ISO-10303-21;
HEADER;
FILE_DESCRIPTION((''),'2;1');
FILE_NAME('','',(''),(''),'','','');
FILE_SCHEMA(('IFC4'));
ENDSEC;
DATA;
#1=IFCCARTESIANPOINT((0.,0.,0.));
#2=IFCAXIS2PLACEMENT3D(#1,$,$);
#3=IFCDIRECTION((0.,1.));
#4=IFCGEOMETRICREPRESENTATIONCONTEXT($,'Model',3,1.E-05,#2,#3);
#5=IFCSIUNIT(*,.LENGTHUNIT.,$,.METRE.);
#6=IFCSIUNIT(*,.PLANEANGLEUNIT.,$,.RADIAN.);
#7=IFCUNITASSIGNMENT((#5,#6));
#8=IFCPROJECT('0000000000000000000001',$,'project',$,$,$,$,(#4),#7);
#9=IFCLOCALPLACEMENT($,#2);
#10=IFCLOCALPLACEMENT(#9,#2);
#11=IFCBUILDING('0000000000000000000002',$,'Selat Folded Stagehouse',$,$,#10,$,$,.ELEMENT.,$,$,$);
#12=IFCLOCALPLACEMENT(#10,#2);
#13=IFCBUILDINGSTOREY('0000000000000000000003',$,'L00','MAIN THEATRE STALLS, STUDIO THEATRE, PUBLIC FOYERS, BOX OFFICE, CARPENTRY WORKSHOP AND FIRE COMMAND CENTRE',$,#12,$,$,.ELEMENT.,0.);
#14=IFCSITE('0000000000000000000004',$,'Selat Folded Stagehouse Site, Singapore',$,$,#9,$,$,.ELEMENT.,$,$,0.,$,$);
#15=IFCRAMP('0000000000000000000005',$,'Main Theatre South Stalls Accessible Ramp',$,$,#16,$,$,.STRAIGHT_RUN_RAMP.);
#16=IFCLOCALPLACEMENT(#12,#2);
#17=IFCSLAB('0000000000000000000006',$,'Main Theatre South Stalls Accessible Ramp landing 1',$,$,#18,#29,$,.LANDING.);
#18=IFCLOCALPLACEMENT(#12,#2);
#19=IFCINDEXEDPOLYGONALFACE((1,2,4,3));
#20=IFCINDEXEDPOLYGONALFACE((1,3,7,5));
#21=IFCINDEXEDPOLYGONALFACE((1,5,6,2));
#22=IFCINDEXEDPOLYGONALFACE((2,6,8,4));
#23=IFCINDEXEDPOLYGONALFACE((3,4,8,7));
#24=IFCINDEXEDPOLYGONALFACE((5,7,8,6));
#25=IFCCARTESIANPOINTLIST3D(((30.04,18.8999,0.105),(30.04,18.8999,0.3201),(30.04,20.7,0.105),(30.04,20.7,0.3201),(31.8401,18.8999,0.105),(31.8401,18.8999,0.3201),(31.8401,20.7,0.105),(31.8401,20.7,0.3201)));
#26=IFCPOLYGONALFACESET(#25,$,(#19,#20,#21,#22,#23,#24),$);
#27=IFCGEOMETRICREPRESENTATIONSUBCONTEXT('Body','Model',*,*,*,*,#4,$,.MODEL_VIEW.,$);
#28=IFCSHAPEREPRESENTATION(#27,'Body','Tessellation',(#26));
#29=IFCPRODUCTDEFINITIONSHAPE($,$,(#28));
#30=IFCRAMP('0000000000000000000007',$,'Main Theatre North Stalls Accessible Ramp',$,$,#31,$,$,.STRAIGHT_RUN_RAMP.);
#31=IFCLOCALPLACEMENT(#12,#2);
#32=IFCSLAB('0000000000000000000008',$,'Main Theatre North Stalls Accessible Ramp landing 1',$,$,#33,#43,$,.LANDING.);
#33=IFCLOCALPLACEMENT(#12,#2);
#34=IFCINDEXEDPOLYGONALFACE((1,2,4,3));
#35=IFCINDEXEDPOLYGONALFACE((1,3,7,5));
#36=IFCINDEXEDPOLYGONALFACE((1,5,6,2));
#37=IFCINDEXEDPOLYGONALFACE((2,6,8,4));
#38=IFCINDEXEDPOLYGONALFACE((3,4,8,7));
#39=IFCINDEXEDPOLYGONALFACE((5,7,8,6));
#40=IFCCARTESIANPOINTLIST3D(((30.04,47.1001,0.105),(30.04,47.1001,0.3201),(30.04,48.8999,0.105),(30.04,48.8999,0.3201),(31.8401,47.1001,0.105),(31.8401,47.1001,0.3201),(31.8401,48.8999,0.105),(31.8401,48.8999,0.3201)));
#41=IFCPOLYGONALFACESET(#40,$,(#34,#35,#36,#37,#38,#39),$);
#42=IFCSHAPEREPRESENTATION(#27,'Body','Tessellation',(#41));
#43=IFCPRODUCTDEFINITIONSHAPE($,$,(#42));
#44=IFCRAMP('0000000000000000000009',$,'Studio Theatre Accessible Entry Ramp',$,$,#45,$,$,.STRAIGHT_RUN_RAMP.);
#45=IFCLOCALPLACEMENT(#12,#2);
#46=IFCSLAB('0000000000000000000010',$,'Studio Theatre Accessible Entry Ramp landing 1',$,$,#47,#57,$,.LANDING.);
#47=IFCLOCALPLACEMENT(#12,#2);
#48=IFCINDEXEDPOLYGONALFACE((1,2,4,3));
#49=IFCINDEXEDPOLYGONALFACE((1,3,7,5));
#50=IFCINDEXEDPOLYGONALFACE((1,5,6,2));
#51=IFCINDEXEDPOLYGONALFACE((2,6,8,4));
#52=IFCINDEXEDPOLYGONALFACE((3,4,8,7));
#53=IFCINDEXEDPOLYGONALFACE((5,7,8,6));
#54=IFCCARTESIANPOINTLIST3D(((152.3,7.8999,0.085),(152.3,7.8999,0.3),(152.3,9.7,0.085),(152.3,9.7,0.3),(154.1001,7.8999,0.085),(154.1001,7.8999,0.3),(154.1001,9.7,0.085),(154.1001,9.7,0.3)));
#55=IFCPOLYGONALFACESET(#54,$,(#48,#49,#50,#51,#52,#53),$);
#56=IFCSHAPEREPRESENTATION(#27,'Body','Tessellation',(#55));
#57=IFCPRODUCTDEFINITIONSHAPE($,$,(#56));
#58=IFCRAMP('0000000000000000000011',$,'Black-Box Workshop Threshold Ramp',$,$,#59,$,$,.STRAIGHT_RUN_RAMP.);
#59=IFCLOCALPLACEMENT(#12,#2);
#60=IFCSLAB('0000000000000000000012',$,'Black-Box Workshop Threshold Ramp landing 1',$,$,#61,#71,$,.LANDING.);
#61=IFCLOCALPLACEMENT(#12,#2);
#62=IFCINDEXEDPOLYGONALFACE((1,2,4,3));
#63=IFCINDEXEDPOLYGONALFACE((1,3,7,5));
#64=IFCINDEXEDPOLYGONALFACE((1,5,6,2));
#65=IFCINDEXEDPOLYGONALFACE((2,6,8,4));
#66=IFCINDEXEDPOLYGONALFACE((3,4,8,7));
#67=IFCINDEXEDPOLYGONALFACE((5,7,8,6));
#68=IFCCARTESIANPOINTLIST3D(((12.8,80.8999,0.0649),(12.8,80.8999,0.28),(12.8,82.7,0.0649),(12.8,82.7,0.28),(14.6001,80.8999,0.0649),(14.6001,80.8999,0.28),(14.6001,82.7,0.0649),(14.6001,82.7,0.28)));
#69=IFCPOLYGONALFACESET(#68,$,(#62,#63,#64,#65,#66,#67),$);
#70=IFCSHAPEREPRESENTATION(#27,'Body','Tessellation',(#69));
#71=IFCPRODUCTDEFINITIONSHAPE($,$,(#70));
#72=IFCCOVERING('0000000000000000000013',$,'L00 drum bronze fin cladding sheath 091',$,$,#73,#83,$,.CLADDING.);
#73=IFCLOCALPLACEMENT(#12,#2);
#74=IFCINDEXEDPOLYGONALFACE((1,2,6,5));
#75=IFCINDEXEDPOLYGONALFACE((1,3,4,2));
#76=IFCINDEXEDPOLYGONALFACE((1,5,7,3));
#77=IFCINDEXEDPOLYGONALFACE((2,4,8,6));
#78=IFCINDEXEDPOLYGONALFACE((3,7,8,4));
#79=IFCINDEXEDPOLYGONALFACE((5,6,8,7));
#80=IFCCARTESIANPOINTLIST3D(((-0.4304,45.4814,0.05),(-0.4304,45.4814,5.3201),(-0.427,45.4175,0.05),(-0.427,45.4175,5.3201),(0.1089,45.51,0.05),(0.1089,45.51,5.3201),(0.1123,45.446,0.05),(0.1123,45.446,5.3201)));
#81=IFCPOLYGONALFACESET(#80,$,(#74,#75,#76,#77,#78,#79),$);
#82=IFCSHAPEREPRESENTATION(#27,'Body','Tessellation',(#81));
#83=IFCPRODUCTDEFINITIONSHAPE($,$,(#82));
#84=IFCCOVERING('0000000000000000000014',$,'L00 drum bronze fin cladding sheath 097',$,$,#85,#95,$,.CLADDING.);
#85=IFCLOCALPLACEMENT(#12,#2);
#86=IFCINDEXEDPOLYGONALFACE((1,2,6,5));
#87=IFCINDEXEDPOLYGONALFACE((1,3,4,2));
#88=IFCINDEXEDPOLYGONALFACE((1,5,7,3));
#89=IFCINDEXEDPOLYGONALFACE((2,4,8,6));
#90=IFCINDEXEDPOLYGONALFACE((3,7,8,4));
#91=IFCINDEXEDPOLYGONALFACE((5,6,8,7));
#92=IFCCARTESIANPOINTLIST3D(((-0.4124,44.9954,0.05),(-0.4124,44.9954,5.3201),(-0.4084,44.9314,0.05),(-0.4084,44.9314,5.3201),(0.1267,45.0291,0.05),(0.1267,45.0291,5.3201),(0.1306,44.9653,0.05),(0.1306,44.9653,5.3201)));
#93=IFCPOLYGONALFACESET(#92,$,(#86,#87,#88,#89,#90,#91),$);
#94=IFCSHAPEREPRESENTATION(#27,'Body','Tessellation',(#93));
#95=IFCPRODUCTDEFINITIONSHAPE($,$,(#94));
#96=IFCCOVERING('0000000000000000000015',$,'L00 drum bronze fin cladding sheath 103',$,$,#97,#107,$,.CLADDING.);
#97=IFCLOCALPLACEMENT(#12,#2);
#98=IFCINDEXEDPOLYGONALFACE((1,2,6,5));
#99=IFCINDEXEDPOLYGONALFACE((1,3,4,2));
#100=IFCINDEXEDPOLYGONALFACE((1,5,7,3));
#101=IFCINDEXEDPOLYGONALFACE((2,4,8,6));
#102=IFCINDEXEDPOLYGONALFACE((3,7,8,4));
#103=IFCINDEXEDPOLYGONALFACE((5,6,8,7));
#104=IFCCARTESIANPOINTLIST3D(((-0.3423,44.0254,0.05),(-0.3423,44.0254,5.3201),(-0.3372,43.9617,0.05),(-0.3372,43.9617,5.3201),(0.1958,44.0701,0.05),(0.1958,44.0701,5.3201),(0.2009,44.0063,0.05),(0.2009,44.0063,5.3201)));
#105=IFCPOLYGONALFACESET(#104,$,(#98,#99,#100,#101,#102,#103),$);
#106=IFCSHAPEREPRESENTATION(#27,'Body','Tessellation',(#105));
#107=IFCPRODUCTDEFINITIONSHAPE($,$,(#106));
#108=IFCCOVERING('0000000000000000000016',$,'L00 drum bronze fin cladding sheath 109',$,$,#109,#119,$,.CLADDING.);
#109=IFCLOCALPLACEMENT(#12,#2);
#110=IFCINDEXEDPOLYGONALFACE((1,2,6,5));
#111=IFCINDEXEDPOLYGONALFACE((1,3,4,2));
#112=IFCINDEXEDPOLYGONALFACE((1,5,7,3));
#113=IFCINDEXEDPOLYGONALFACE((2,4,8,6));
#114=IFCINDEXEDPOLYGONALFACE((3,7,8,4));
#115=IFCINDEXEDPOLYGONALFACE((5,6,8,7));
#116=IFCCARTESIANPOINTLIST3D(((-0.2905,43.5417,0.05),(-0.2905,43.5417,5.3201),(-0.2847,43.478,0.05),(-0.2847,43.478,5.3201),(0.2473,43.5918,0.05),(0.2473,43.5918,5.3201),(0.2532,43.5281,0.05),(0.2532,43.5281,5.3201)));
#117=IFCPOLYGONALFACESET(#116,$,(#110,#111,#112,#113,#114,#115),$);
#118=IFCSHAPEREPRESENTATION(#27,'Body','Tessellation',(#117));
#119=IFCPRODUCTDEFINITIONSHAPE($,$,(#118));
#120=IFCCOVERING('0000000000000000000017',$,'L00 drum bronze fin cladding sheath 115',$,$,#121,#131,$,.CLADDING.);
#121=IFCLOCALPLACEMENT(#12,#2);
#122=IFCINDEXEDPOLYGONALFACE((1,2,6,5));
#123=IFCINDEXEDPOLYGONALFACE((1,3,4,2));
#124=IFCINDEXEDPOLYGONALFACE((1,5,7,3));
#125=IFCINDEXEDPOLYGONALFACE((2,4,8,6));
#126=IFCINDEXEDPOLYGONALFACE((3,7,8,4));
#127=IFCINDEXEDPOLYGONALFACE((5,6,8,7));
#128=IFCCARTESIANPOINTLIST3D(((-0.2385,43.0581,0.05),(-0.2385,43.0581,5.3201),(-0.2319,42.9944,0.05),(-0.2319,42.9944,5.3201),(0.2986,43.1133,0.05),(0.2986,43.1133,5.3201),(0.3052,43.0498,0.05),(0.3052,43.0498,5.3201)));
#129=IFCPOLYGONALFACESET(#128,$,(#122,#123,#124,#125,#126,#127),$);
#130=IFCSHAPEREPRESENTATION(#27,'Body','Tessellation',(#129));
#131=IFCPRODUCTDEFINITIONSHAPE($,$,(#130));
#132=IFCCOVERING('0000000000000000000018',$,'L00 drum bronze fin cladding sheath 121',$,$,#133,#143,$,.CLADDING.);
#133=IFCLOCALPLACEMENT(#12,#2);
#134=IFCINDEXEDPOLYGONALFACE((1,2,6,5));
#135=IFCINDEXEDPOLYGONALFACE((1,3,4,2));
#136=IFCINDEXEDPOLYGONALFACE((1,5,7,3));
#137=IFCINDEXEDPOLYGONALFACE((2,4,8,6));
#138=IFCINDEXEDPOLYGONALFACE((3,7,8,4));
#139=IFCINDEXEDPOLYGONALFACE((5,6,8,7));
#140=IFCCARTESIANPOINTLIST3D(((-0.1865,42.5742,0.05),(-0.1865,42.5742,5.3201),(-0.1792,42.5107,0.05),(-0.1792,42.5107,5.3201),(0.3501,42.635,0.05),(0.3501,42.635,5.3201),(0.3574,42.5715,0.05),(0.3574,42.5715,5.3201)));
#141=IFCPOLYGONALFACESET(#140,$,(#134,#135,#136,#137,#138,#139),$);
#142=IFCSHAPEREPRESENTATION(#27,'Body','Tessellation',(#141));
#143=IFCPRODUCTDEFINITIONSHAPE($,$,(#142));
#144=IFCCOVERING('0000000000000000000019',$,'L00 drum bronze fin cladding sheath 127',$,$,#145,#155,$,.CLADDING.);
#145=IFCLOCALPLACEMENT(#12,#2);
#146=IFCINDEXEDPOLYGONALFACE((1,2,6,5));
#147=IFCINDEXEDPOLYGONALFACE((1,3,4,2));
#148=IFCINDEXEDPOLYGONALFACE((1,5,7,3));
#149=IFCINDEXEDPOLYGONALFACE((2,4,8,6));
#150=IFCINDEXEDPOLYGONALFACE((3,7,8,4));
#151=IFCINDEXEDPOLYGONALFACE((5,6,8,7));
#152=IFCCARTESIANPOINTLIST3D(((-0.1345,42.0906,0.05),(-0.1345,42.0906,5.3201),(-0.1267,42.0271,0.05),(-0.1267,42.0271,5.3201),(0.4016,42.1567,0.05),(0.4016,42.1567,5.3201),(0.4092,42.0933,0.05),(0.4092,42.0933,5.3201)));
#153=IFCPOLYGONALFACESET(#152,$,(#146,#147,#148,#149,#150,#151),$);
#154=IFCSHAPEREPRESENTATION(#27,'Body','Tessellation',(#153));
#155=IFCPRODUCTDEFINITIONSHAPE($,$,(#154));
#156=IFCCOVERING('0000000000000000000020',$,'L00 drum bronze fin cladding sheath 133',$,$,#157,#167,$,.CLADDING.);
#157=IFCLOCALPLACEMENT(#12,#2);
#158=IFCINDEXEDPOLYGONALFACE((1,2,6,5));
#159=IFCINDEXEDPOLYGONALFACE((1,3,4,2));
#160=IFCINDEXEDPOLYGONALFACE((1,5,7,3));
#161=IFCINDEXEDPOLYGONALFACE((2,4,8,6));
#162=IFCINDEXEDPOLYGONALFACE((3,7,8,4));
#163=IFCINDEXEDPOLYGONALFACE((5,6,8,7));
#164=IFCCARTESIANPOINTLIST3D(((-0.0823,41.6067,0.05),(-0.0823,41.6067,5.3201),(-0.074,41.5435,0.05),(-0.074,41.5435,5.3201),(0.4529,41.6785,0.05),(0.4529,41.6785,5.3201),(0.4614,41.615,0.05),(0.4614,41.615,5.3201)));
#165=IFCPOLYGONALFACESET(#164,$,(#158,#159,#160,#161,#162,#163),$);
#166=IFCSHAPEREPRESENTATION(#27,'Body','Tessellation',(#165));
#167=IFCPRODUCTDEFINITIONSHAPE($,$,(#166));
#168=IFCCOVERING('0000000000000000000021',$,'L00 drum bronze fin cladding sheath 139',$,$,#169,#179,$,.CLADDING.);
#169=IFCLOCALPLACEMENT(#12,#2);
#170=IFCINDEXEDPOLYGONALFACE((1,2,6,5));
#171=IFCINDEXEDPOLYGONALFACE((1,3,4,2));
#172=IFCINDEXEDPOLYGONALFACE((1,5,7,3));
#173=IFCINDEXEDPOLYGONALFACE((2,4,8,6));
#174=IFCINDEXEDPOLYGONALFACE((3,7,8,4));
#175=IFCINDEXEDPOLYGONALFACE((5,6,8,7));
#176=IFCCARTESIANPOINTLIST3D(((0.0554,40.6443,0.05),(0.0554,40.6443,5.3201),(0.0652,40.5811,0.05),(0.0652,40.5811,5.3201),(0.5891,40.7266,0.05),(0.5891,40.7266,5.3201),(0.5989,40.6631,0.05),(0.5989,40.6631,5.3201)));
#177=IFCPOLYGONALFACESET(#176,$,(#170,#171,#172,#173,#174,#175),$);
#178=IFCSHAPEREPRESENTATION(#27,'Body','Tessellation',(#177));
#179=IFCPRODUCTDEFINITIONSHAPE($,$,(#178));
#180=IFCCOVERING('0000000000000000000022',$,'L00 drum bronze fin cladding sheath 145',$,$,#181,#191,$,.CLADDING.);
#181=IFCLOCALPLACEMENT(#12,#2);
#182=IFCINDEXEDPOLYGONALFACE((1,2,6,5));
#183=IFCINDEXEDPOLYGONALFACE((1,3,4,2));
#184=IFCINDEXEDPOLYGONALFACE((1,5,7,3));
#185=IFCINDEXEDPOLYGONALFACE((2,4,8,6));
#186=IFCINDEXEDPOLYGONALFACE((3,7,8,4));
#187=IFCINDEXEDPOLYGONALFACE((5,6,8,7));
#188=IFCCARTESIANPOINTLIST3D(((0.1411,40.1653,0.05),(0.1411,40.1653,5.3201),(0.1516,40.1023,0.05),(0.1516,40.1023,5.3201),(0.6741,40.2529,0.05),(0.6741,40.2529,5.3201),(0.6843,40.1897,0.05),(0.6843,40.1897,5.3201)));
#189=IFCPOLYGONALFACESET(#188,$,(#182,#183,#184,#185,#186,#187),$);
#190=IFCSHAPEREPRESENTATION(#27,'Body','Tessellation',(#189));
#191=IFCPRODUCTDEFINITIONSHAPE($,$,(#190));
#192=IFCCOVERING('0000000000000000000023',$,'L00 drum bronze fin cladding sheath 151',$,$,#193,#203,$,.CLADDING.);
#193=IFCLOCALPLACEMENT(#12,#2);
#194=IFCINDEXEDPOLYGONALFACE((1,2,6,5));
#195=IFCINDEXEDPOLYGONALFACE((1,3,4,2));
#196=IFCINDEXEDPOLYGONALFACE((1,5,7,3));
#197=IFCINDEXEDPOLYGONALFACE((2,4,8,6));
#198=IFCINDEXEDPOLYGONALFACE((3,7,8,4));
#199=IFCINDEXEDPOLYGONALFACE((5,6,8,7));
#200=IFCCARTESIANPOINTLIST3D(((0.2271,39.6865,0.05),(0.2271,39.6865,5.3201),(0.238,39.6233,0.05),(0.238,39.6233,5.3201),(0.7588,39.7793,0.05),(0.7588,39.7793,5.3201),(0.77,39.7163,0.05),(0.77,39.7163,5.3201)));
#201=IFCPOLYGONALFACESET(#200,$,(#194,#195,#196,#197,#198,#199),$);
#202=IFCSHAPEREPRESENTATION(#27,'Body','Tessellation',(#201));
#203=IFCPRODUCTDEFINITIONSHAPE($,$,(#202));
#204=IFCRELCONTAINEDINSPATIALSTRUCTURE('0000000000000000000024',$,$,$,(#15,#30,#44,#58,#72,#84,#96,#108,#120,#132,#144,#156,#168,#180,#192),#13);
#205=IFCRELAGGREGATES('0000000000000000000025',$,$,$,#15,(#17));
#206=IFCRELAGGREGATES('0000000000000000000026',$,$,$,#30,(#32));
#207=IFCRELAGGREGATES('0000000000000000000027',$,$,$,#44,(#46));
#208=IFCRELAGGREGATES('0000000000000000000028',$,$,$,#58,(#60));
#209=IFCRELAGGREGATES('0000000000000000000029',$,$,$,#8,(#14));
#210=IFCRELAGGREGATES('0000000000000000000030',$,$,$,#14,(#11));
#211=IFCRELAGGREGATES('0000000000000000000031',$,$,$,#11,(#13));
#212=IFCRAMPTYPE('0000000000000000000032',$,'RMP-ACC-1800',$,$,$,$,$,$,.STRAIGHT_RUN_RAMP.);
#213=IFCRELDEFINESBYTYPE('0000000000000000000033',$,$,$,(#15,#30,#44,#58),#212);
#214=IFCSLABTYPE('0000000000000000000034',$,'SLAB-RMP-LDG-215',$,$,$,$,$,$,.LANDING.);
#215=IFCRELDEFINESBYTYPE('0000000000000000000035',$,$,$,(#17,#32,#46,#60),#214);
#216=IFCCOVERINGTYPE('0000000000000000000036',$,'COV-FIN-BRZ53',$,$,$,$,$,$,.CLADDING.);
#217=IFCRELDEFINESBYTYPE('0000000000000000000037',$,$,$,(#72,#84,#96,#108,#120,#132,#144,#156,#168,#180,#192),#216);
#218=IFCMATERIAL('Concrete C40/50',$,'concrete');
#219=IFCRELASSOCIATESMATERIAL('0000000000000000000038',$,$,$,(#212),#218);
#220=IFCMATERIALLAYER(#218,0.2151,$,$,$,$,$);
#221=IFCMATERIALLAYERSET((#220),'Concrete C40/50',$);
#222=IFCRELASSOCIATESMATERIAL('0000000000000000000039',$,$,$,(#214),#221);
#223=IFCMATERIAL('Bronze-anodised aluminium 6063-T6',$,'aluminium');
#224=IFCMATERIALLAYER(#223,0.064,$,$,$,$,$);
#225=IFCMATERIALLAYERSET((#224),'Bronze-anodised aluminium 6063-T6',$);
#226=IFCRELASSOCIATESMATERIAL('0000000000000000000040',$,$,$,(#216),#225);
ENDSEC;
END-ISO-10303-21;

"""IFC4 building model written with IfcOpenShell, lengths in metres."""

from ifc_helpers import new_model, si_unit, direction, frame, origin, place, context, subcontext, project, spatial, polyline, outline, extrude, material, layer, layer_set, type_object, element, aggregate, save


model = new_model("IFC4")

# Units and contexts
model_context = context("Model", 3, precision=1e-05, world=origin(), true_north=direction((0.0, 1.0)))
body_context = subcontext(model_context, "Body", "Model", "MODEL_VIEW")
ifc_project = project(units=[si_unit("LENGTHUNIT", "METRE"), si_unit("PLANEANGLEUNIT", "RADIAN")], contexts=[model_context])

# Site, building, storey
site_placement = place(None, origin())
site = spatial("IfcSite", under=ifc_project, at=site_placement, Name="Selat Folded Stagehouse Site, Singapore", CompositionType="ELEMENT", RefElevation=0.0)
building_placement = place(site_placement, origin())
building = spatial("IfcBuilding", under=site, at=building_placement, Name="Selat Folded Stagehouse", CompositionType="ELEMENT")
storey_placement = place(building_placement, origin())
storey = spatial("IfcBuildingStorey", under=building, at=storey_placement, Name="L00", Description="MAIN THEATRE STALLS, STUDIO THEATRE, PUBLIC FOYERS, BOX OFFICE, CARPENTRY WORKSHOP AND FIRE COMMAND CENTRE", CompositionType="ELEMENT", Elevation=0.0)

# Ramps, slabs
ifc_material_1 = material(Name="Concrete C40/50", Category="concrete")
ramp_type = type_object("IfcRampType", Name="RMP-ACC-1800", PredefinedType="STRAIGHT_RUN_RAMP", material=ifc_material_1)
ramp_1_placement = place(storey_placement, origin())
ramp_1 = element("IfcRamp", 1, at=ramp_1_placement, inside=storey, type_object=ramp_type, Name="Main Theatre South Stalls Accessible Ramp", PredefinedType="STRAIGHT_RUN_RAMP")
ifc_layer_1 = layer(ifc_material_1, 0.2151)
ifc_layer_set_1 = layer_set([ifc_layer_1], Name="Concrete C40/50")
slab_type = type_object("IfcSlabType", Name="SLAB-RMP-LDG-215", PredefinedType="LANDING", material=ifc_layer_set_1)
slab_1_placement = place(storey_placement, frame((0.0, 0.0, 0.105)))
slab_1 = element("IfcSlab", 2, at=slab_1_placement, type_object=slab_type, Name="Main Theatre South Stalls Accessible Ramp landing 1", PredefinedType="LANDING", context=body_context, shape_type="SweptSolid", body=[
    extrude(outline(polyline([(30.04, 18.8999), (31.8401, 18.8999), (31.8401, 20.7), (30.04, 20.7), (30.04, 18.8999)])), origin(), (0.0, 0.0, 1.0), 0.2151),
])
aggregate(ramp_1, [slab_1])
ramp_2_placement = place(storey_placement, origin())
ramp_2 = element("IfcRamp", 3, at=ramp_2_placement, inside=storey, type_object=ramp_type, Name="Main Theatre North Stalls Accessible Ramp", PredefinedType="STRAIGHT_RUN_RAMP")
slab_2_placement = place(storey_placement, frame((0.0, 0.0, 0.105)))
slab_2 = element("IfcSlab", 4, at=slab_2_placement, type_object=slab_type, Name="Main Theatre North Stalls Accessible Ramp landing 1", PredefinedType="LANDING", context=body_context, shape_type="SweptSolid", body=[
    extrude(outline(polyline([(30.04, 47.1001), (31.8401, 47.1001), (31.8401, 48.8999), (30.04, 48.8999), (30.04, 47.1001)])), origin(), (0.0, 0.0, 1.0), 0.2151),
])
aggregate(ramp_2, [slab_2])
ramp_3_placement = place(storey_placement, origin())
ramp_3 = element("IfcRamp", 5, at=ramp_3_placement, inside=storey, type_object=ramp_type, Name="Studio Theatre Accessible Entry Ramp", PredefinedType="STRAIGHT_RUN_RAMP")
slab_3_placement = place(storey_placement, frame((0.0, 0.0, 0.085)))
slab_3 = element("IfcSlab", 6, at=slab_3_placement, type_object=slab_type, Name="Studio Theatre Accessible Entry Ramp landing 1", PredefinedType="LANDING", context=body_context, shape_type="SweptSolid", body=[
    extrude(outline(polyline([(152.3, 7.8999), (154.1001, 7.8999), (154.1001, 9.7), (152.3, 9.7), (152.3, 7.8999)])), origin(), (0.0, 0.0, 1.0), 0.2151),
])
aggregate(ramp_3, [slab_3])
ramp_4_placement = place(storey_placement, origin())
ramp_4 = element("IfcRamp", 7, at=ramp_4_placement, inside=storey, type_object=ramp_type, Name="Black-Box Workshop Threshold Ramp", PredefinedType="STRAIGHT_RUN_RAMP")
slab_4_placement = place(storey_placement, frame((0.0, 0.0, 0.0649)))
slab_4 = element("IfcSlab", 8, at=slab_4_placement, type_object=slab_type, Name="Black-Box Workshop Threshold Ramp landing 1", PredefinedType="LANDING", context=body_context, shape_type="SweptSolid", body=[
    extrude(outline(polyline([(12.8, 80.8999), (14.6001, 80.8999), (14.6001, 82.7), (12.8, 82.7), (12.8, 80.8999)])), origin(), (0.0, 0.0, 1.0), 0.2151),
])
aggregate(ramp_4, [slab_4])

# Coverings
ifc_material_2 = material(Name="Bronze-anodised aluminium 6063-T6", Category="aluminium")
ifc_layer_2 = layer(ifc_material_2, 0.064)
ifc_layer_set_2 = layer_set([ifc_layer_2], Name="Bronze-anodised aluminium 6063-T6")
covering_type = type_object("IfcCoveringType", Name="COV-FIN-BRZ53", PredefinedType="CLADDING", material=ifc_layer_set_2)
covering_1_placement = place(storey_placement, frame((0.0, 0.0, 0.05)))
element("IfcCovering", 9, at=covering_1_placement, inside=storey, type_object=covering_type, Name="L00 drum bronze fin cladding sheath 091", PredefinedType="CLADDING", context=body_context, shape_type="SweptSolid", body=[
    extrude(outline(polyline([(0.1089, 45.51), (-0.4304, 45.4814), (-0.427, 45.4175), (0.1123, 45.446), (0.1089, 45.51)])), origin(), (0.0, 0.0, 1.0), 5.27),
])
covering_2_placement = place(storey_placement, frame((0.0, 0.0, 0.05)))
element("IfcCovering", 10, at=covering_2_placement, inside=storey, type_object=covering_type, Name="L00 drum bronze fin cladding sheath 097", PredefinedType="CLADDING", context=body_context, shape_type="SweptSolid", body=[
    extrude(outline(polyline([(0.1267, 45.0291), (-0.4124, 44.9954), (-0.4084, 44.9314), (0.1306, 44.9653), (0.1267, 45.0291)])), origin(), (0.0, 0.0, 1.0), 5.27),
])
covering_3_placement = place(storey_placement, frame((0.0, 0.0, 0.05)))
element("IfcCovering", 11, at=covering_3_placement, inside=storey, type_object=covering_type, Name="L00 drum bronze fin cladding sheath 103", PredefinedType="CLADDING", context=body_context, shape_type="SweptSolid", body=[
    extrude(outline(polyline([(0.1958, 44.0701), (-0.3423, 44.0254), (-0.3372, 43.9617), (0.2009, 44.0063), (0.1958, 44.0701)])), origin(), (0.0, 0.0, 1.0), 5.27),
])
covering_4_placement = place(storey_placement, frame((0.0, 0.0, 0.05)))
element("IfcCovering", 12, at=covering_4_placement, inside=storey, type_object=covering_type, Name="L00 drum bronze fin cladding sheath 109", PredefinedType="CLADDING", context=body_context, shape_type="SweptSolid", body=[
    extrude(outline(polyline([(0.2473, 43.5918), (-0.2905, 43.5417), (-0.2847, 43.478), (0.2532, 43.5281), (0.2473, 43.5918)])), origin(), (0.0, 0.0, 1.0), 5.27),
])
covering_5_placement = place(storey_placement, frame((0.0, 0.0, 0.05)))
element("IfcCovering", 13, at=covering_5_placement, inside=storey, type_object=covering_type, Name="L00 drum bronze fin cladding sheath 115", PredefinedType="CLADDING", context=body_context, shape_type="SweptSolid", body=[
    extrude(outline(polyline([(0.2986, 43.1133), (-0.2385, 43.0581), (-0.2319, 42.9944), (0.3052, 43.0498), (0.2986, 43.1133)])), origin(), (0.0, 0.0, 1.0), 5.27),
])
covering_6_placement = place(storey_placement, frame((0.0, 0.0, 0.05)))
element("IfcCovering", 14, at=covering_6_placement, inside=storey, type_object=covering_type, Name="L00 drum bronze fin cladding sheath 121", PredefinedType="CLADDING", context=body_context, shape_type="SweptSolid", body=[
    extrude(outline(polyline([(0.3501, 42.635), (-0.1865, 42.5742), (-0.1792, 42.5107), (0.3574, 42.5715), (0.3501, 42.635)])), origin(), (0.0, 0.0, 1.0), 5.27),
])
covering_7_placement = place(storey_placement, frame((0.0, 0.0, 0.05)))
element("IfcCovering", 15, at=covering_7_placement, inside=storey, type_object=covering_type, Name="L00 drum bronze fin cladding sheath 127", PredefinedType="CLADDING", context=body_context, shape_type="SweptSolid", body=[
    extrude(outline(polyline([(0.4016, 42.1567), (-0.1345, 42.0906), (-0.1267, 42.0271), (0.4092, 42.0933), (0.4016, 42.1567)])), origin(), (0.0, 0.0, 1.0), 5.27),
])
covering_8_placement = place(storey_placement, frame((0.0, 0.0, 0.05)))
element("IfcCovering", 16, at=covering_8_placement, inside=storey, type_object=covering_type, Name="L00 drum bronze fin cladding sheath 133", PredefinedType="CLADDING", context=body_context, shape_type="SweptSolid", body=[
    extrude(outline(polyline([(0.4529, 41.6785), (-0.0823, 41.6067), (-0.074, 41.5435), (0.4614, 41.615), (0.4529, 41.6785)])), origin(), (0.0, 0.0, 1.0), 5.27),
])
covering_9_placement = place(storey_placement, frame((0.0, 0.0, 0.05)))
element("IfcCovering", 17, at=covering_9_placement, inside=storey, type_object=covering_type, Name="L00 drum bronze fin cladding sheath 139", PredefinedType="CLADDING", context=body_context, shape_type="SweptSolid", body=[
    extrude(outline(polyline([(0.5891, 40.7266), (0.0554, 40.6443), (0.0652, 40.5811), (0.5989, 40.6631), (0.5891, 40.7266)])), origin(), (0.0, 0.0, 1.0), 5.27),
])
covering_10_placement = place(storey_placement, frame((0.0, 0.0, 0.05)))
element("IfcCovering", 18, at=covering_10_placement, inside=storey, type_object=covering_type, Name="L00 drum bronze fin cladding sheath 145", PredefinedType="CLADDING", context=body_context, shape_type="SweptSolid", body=[
    extrude(outline(polyline([(0.6741, 40.2529), (0.1411, 40.1653), (0.1516, 40.1023), (0.6843, 40.1897), (0.6741, 40.2529)])), origin(), (0.0, 0.0, 1.0), 5.27),
])
covering_11_placement = place(storey_placement, frame((0.0, 0.0, 0.05)))
element("IfcCovering", 19, at=covering_11_placement, inside=storey, type_object=covering_type, Name="L00 drum bronze fin cladding sheath 151", PredefinedType="CLADDING", context=body_context, shape_type="SweptSolid", body=[
    extrude(outline(polyline([(0.7588, 39.7793), (0.2271, 39.6865), (0.238, 39.6233), (0.77, 39.7163), (0.7588, 39.7793)])), origin(), (0.0, 0.0, 1.0), 5.27),
])

save(model, "model.ifc")
